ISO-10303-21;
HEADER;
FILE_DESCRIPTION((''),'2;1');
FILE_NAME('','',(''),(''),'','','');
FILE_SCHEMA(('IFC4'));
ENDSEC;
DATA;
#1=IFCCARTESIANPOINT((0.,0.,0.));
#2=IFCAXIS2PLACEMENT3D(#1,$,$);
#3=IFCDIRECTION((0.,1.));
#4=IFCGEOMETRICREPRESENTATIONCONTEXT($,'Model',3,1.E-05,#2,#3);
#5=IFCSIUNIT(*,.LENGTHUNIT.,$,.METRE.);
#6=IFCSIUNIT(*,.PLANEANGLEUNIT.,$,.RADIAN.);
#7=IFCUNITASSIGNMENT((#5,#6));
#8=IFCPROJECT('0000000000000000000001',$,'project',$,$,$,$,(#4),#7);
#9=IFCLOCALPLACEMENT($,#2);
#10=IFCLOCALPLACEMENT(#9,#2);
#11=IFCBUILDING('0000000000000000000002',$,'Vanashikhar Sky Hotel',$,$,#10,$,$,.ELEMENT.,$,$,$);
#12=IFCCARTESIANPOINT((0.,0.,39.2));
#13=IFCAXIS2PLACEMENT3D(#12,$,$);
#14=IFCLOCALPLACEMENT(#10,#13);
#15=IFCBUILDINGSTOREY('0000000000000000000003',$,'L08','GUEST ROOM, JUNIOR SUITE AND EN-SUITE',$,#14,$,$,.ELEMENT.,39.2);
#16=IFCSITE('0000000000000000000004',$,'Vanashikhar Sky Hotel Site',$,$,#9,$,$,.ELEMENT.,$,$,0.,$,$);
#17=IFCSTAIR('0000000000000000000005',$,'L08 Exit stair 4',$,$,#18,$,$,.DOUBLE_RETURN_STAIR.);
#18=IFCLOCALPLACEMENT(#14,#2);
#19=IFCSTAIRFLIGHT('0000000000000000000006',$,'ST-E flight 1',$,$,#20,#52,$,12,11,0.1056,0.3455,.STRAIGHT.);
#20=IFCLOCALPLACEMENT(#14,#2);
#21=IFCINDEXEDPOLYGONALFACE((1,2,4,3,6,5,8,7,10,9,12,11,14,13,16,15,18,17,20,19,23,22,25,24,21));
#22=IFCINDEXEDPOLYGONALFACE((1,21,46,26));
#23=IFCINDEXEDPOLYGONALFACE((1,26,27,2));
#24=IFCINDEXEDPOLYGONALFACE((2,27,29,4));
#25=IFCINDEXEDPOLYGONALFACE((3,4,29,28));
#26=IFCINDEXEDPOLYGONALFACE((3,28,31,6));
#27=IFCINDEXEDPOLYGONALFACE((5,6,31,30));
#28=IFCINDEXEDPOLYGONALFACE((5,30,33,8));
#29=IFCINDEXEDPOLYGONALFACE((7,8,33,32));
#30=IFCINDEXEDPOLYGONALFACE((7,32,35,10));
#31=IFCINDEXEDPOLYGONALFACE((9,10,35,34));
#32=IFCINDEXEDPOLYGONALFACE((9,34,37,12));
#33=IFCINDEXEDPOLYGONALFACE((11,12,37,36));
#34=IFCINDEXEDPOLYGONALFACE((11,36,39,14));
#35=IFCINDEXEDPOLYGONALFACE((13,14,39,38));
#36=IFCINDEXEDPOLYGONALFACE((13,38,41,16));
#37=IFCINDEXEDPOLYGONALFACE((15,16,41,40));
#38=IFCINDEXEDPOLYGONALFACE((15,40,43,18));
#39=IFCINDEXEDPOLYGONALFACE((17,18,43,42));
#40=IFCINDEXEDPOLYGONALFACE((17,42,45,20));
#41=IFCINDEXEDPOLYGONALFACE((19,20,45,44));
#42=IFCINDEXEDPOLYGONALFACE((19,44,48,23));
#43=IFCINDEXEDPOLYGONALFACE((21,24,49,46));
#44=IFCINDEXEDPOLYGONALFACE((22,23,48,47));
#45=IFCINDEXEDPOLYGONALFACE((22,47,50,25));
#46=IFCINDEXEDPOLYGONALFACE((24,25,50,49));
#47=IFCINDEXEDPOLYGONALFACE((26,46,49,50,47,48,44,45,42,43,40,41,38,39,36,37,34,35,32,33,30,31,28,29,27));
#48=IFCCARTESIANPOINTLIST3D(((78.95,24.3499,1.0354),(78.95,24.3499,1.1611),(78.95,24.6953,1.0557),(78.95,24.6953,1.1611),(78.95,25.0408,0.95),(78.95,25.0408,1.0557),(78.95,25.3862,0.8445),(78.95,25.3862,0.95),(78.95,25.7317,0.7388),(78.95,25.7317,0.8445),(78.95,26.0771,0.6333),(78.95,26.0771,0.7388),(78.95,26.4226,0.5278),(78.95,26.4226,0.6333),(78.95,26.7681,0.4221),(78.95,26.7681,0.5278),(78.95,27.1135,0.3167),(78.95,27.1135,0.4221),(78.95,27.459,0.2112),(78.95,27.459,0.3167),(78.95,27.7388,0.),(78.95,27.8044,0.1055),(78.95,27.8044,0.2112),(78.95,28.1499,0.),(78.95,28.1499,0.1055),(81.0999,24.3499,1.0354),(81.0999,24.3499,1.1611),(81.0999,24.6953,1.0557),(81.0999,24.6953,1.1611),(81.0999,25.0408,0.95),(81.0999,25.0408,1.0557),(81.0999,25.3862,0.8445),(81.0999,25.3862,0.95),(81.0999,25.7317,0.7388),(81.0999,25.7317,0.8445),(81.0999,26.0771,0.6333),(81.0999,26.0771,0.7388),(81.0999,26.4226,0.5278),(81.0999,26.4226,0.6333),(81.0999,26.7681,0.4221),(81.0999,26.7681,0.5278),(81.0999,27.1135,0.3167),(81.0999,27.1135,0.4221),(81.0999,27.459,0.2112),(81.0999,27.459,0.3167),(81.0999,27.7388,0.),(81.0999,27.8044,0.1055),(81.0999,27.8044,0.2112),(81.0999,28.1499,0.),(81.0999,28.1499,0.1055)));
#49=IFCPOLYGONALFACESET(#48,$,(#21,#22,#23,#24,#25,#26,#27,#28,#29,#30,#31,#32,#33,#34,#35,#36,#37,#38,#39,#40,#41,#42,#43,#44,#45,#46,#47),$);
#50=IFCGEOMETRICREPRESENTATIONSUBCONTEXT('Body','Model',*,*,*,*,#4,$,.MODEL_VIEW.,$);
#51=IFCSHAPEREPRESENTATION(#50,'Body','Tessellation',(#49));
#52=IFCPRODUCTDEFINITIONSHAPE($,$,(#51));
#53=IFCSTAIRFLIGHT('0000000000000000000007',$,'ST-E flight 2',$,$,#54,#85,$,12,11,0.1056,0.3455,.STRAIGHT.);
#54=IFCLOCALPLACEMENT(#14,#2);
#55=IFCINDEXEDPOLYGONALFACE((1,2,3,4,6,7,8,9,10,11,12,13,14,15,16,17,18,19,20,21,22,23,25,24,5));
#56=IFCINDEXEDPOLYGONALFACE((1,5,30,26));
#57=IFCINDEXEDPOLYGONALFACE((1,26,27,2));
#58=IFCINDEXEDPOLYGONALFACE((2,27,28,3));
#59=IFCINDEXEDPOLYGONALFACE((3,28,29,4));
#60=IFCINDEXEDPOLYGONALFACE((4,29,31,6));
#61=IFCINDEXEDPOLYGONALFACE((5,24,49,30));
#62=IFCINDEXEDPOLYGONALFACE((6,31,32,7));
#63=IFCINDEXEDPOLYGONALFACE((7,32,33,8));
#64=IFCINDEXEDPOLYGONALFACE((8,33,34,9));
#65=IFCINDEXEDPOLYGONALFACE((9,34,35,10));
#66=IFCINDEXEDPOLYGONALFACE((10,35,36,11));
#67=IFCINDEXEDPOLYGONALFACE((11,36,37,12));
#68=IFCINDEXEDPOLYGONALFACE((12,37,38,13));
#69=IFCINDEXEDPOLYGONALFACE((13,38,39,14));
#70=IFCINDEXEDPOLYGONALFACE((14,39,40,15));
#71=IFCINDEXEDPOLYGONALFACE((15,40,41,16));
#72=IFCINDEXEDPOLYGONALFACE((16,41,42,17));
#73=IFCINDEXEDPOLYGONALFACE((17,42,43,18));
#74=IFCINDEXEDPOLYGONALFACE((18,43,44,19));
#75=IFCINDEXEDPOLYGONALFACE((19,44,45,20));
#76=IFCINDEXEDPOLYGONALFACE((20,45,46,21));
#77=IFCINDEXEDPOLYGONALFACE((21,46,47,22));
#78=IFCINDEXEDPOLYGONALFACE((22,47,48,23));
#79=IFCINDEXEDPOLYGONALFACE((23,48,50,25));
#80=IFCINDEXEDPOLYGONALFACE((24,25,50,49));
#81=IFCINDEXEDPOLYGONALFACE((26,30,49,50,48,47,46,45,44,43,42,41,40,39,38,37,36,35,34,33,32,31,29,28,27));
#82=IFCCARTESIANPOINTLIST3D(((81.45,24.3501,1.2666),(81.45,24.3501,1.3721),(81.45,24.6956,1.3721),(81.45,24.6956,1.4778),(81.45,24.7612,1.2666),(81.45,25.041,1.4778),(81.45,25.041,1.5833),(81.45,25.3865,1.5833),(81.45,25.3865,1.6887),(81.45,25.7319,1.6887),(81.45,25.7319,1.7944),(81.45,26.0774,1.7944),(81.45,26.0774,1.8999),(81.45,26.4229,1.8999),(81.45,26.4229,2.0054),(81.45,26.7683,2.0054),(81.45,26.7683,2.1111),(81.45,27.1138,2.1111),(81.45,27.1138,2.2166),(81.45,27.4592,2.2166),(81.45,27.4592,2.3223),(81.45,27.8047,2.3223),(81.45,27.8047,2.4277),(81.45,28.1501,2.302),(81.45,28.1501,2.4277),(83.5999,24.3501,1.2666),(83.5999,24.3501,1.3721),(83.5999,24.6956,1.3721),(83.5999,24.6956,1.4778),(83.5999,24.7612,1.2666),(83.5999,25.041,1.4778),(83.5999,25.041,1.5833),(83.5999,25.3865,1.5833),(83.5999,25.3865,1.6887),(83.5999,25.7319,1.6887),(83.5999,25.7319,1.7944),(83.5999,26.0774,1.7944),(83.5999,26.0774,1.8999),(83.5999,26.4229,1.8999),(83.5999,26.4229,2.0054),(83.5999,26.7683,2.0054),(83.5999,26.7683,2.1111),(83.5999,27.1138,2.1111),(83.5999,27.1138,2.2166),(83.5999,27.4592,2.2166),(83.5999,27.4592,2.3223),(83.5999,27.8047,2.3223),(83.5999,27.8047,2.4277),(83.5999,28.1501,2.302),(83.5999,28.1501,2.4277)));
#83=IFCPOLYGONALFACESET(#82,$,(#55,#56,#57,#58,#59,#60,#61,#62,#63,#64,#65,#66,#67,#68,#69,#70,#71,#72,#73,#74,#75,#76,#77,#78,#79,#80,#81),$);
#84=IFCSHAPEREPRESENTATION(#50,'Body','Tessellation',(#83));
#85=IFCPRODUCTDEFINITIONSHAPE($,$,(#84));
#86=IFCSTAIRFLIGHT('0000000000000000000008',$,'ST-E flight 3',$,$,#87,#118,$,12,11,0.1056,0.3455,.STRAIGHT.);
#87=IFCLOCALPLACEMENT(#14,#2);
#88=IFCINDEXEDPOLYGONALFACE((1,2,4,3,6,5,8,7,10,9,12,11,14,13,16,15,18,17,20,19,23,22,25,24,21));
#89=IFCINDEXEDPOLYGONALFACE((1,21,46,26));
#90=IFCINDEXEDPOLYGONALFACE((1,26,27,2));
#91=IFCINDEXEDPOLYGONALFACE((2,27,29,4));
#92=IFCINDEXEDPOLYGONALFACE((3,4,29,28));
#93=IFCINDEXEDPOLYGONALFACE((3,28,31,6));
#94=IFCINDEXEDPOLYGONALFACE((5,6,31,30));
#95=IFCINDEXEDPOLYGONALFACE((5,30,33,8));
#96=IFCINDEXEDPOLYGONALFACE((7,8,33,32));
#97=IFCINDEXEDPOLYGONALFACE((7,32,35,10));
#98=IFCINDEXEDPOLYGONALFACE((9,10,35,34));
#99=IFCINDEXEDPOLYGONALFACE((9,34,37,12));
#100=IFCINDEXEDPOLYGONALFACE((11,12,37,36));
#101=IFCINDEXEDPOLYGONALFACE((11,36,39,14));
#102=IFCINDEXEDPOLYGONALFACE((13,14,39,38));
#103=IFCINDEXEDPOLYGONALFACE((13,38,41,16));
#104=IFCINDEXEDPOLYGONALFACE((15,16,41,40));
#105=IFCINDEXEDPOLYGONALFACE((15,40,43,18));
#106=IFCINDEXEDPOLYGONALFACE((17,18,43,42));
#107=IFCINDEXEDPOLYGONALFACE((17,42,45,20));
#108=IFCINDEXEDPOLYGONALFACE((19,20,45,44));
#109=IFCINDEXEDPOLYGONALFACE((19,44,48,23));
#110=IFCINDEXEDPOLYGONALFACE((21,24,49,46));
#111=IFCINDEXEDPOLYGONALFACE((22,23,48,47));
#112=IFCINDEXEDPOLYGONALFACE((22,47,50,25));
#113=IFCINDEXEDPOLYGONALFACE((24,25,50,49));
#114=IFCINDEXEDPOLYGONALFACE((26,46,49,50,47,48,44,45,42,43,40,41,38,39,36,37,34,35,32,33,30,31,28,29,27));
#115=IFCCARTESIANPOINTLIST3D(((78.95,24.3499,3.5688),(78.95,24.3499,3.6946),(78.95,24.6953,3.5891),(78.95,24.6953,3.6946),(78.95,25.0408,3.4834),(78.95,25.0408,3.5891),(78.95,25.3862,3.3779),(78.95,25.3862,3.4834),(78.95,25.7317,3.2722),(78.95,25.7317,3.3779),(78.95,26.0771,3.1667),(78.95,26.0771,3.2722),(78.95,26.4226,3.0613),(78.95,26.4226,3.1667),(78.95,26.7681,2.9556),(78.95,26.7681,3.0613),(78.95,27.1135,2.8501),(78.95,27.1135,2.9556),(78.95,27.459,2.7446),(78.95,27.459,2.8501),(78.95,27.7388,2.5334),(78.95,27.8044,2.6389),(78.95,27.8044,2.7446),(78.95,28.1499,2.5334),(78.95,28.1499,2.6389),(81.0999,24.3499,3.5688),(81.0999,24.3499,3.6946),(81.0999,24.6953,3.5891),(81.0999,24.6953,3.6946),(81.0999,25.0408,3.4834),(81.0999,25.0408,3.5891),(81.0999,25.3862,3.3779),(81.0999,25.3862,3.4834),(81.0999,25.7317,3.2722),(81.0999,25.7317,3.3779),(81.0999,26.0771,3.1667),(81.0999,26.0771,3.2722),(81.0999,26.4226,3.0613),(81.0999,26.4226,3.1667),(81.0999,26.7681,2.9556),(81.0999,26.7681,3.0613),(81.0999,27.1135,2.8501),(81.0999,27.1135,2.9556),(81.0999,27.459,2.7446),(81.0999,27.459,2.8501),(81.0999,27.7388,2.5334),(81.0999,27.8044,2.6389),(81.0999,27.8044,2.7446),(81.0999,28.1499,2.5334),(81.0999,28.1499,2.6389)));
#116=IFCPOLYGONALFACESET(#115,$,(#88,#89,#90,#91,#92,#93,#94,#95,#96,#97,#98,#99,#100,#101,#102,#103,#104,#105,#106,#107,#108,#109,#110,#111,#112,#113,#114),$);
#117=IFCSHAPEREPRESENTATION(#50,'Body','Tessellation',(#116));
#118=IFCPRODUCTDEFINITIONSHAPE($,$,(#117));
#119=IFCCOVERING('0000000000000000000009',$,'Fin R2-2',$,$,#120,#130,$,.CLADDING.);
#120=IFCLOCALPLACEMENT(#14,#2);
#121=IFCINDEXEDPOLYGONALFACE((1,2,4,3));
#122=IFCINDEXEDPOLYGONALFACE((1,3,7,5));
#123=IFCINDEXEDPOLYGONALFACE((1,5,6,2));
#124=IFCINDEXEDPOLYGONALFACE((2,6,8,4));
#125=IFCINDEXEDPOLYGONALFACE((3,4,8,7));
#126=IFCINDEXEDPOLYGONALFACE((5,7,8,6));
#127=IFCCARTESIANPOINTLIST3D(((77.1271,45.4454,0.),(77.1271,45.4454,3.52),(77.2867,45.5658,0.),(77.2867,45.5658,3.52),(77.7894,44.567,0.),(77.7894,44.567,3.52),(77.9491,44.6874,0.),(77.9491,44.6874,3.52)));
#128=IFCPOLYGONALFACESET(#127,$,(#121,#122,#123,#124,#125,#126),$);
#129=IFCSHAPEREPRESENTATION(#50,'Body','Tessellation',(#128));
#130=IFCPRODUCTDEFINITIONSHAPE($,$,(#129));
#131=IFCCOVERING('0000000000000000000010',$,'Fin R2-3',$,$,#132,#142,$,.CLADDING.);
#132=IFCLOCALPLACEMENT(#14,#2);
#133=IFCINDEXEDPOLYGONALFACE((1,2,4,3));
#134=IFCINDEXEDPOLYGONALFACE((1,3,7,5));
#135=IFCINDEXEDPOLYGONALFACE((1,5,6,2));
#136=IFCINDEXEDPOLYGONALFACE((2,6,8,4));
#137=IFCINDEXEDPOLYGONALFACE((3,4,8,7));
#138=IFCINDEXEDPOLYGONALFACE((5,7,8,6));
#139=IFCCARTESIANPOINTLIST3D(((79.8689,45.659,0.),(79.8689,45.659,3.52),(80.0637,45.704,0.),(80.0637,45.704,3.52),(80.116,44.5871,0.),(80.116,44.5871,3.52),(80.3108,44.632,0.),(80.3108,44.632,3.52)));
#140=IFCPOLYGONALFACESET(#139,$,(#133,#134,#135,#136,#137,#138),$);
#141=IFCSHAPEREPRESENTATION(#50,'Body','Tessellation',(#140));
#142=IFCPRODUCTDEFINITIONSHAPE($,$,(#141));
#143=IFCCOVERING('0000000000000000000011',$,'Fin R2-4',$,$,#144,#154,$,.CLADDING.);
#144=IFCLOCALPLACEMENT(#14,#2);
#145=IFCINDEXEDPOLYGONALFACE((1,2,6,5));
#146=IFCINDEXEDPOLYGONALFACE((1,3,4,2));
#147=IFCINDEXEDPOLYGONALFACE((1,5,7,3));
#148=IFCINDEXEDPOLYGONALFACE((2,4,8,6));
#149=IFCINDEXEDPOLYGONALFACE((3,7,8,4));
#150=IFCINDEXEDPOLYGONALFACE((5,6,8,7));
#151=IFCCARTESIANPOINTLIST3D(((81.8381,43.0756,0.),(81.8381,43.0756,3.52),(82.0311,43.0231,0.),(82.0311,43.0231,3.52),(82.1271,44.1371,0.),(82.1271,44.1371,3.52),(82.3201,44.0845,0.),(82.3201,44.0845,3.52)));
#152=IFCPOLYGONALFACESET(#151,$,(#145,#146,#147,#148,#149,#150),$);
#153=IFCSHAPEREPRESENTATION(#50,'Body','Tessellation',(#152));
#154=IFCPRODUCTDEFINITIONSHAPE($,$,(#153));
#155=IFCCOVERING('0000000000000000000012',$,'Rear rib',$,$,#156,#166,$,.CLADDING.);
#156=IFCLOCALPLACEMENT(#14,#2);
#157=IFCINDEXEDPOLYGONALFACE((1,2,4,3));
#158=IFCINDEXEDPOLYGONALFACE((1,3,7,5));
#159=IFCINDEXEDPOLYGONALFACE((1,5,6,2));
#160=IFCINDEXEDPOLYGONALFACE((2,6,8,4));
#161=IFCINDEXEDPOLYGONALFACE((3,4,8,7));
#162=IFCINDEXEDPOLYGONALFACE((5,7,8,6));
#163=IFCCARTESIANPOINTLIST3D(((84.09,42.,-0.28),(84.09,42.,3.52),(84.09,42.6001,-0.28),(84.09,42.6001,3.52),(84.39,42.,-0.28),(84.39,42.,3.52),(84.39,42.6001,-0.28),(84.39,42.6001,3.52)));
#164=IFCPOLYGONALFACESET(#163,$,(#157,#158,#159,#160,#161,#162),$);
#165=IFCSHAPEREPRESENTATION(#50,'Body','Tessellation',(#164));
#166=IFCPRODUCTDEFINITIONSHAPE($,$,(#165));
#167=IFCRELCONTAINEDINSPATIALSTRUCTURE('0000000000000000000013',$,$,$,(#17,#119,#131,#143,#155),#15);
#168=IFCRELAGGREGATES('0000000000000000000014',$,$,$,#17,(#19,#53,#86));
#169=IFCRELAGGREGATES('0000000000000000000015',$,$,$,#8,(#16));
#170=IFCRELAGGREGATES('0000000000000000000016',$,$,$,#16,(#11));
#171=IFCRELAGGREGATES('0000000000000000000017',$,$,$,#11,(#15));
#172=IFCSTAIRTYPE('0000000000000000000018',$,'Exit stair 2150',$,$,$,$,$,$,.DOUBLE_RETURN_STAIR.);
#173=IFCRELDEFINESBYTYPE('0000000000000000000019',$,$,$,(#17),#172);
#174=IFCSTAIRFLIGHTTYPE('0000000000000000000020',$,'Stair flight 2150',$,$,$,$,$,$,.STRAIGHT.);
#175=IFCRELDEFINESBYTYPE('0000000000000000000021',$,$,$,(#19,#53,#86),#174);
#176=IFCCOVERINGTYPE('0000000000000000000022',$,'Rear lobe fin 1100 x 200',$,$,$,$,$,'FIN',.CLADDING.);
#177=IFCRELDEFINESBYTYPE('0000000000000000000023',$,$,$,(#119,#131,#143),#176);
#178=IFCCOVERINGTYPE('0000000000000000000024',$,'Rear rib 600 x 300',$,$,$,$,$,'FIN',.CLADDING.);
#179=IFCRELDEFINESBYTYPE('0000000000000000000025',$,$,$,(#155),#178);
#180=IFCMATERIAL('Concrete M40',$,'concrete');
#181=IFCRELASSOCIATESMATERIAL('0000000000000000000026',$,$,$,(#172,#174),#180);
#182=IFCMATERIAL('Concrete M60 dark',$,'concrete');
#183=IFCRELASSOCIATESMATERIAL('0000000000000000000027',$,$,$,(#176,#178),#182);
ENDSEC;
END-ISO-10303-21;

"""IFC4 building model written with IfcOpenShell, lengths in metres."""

from ifc_helpers import new_model, si_unit, direction, frame, origin, origin_2d, place, context, subcontext, project, spatial, polyline, rectangle, outline, extrude, source, transform, mapped, material, material_profile, profile_set, type_object, element, aggregate, save


model = new_model("IFC4")

# Units and contexts
model_context = context("Model", 3, precision=1e-05, world=origin(), true_north=direction((0.0, 1.0)))
body_context = subcontext(model_context, "Body", "Model", "MODEL_VIEW")
ifc_project = project(units=[si_unit("LENGTHUNIT", "METRE"), si_unit("PLANEANGLEUNIT", "RADIAN")], contexts=[model_context])

# Site, building, storey
site_placement = place(None, origin())
site = spatial("IfcSite", under=ifc_project, at=site_placement, Name="Vanashikhar Sky Hotel Site", CompositionType="ELEMENT", RefElevation=0.0)
building_placement = place(site_placement, origin())
building = spatial("IfcBuilding", under=site, at=building_placement, Name="Vanashikhar Sky Hotel", CompositionType="ELEMENT")
storey_placement = place(building_placement, frame((0.0, 0.0, 39.2)))
storey = spatial("IfcBuildingStorey", under=building, at=storey_placement, Name="L08", Description="GUEST ROOM, JUNIOR SUITE AND EN-SUITE", CompositionType="ELEMENT", Elevation=39.2)

# Stair, stair flights
ifc_material_1 = material(Name="Concrete M40", Category="concrete")
stair_type = type_object("IfcStairType", Name="Exit stair 2150", PredefinedType="DOUBLE_RETURN_STAIR", material=ifc_material_1)
stair_placement = place(storey_placement, origin())
stair = element("IfcStair", 1, at=stair_placement, inside=storey, type_object=stair_type, Name="L08 Exit stair 4", PredefinedType="DOUBLE_RETURN_STAIR")
stair_flight_type = type_object("IfcStairFlightType", Name="Stair flight 2150", PredefinedType="STRAIGHT", material=ifc_material_1)
shared_shape_1 = source(origin(), body_context, "Body", "SweptSolid", [
    extrude(outline(polyline([(0.0, 0.0), (0.0, 0.1055), (0.3455, 0.1055), (0.3455, 0.2112), (0.6909, 0.2112), (0.6909, 0.3167), (1.0364, 0.3167), (1.0364, 0.4221), (1.3818, 0.4221), (1.3818, 0.5278), (1.7273, 0.5278), (1.7273, 0.6333), (2.0728, 0.6333), (2.0728, 0.7388), (2.4182, 0.7388), (2.4182, 0.8445), (2.7637, 0.8445), (2.7637, 0.95), (3.1091, 0.95), (3.1091, 1.0557), (3.4546, 1.0557), (3.4546, 1.1611), (3.8, 1.1611), (3.8, 1.2666), (3.8, 1.0354), (0.4111, 0.0), (0.0, 0.0)])), frame((0.0, 1.075, 0.0), z_axis=(0.0, -1.0, 0.0), x_axis=(1.0, 0.0, 0.0)), (0.0, 0.0, 1.0), 2.1499),
])
stair_flight_1_placement = place(storey_placement, frame((80.0249, 28.1499, 0.0), z_axis=(0.0, 0.0, 1.0), x_axis=(0.0, -1.0, 0.0)))
stair_flight_1 = element("IfcStairFlight", 2, at=stair_flight_1_placement, type_object=stair_flight_type, Name="ST-E flight 1", NumberOfRisers=12, NumberOfTreads=11, PredefinedType="STRAIGHT", RiserHeight=0.1056, TreadLength=0.3455, context=body_context, shape_type="MappedRepresentation", body=[
    mapped(shared_shape_1, transform((0.0, 0.0, 0.0), scale=1.0)),
])
stair_flight_2_placement = place(storey_placement, frame((82.5249, 24.3501, 1.2666), z_axis=(0.0, 0.0, 1.0), x_axis=(0.0, 1.0, 0.0)))
stair_flight_2 = element("IfcStairFlight", 3, at=stair_flight_2_placement, type_object=stair_flight_type, Name="ST-E flight 2", NumberOfRisers=12, NumberOfTreads=11, PredefinedType="STRAIGHT", RiserHeight=0.1056, TreadLength=0.3455, context=body_context, shape_type="MappedRepresentation", body=[
    mapped(shared_shape_1, transform((0.0, 0.0, 0.0), scale=1.0)),
])
stair_flight_3_placement = place(storey_placement, frame((80.0249, 28.1499, 2.5334), z_axis=(0.0, 0.0, 1.0), x_axis=(0.0, -1.0, 0.0)))
stair_flight_3 = element("IfcStairFlight", 4, at=stair_flight_3_placement, type_object=stair_flight_type, Name="ST-E flight 3", NumberOfRisers=12, NumberOfTreads=11, PredefinedType="STRAIGHT", RiserHeight=0.1056, TreadLength=0.3455, context=body_context, shape_type="MappedRepresentation", body=[
    mapped(shared_shape_1, transform((0.0, 0.0, 0.0), scale=1.0)),
])
aggregate(stair, [stair_flight_1, stair_flight_2, stair_flight_3])

# Coverings
ifc_material_2 = material(Name="Concrete M60 dark", Category="concrete")
ifc_material_profile_1 = material_profile(ifc_material_2, rectangle(XDim=1.1001, YDim=0.2, at=origin_2d()))
ifc_profile_set_1 = profile_set([ifc_material_profile_1], Name="Rear lobe fin 1100 x 200")
covering_type_1 = type_object("IfcCoveringType", Name="Rear lobe fin 1100 x 200", ElementType="FIN", PredefinedType="CLADDING", material=ifc_profile_set_1)
shared_shape_2 = source(origin(), body_context, "Body", "SweptSolid", [
    extrude(rectangle(XDim=1.1001, YDim=0.2, at=origin_2d()), origin(), (0.0, 0.0, 1.0), 3.52),
])
for number, where, z_axis, x_axis, name in (
    (5, (77.5381, 45.0664, 0.0), (0.0, 0.0, 1.0), (-0.602066, 0.798446, 0.0), "Fin R2-2"),
    (6, (80.0898, 45.1455, 0.0), (0.0, 0.0, 1.0), (-0.224645, 0.974441, 0.0), "Fin R2-3"),
    (7, (82.0791, 43.5801, 0.0), (0.0, 0.0, 1.0), (0.262711, 0.964874, 0.0), "Fin R2-4"),
):
    element("IfcCovering", number, at=place(storey_placement, frame(where, z_axis=z_axis, x_axis=x_axis)), inside=storey, type_object=covering_type_1, Name=name, PredefinedType="CLADDING", context=body_context, shape_type="MappedRepresentation", body=[
        mapped(shared_shape_2, transform((0.0, 0.0, 0.0), scale=1.0)),
    ])
ifc_material_profile_2 = material_profile(ifc_material_2, rectangle(XDim=0.6001, YDim=0.3, at=origin_2d()))
ifc_profile_set_2 = profile_set([ifc_material_profile_2], Name="Rear rib 600 x 300")
covering_type_2 = type_object("IfcCoveringType", Name="Rear rib 600 x 300", ElementType="FIN", PredefinedType="CLADDING", material=ifc_profile_set_2)
shared_shape_3 = source(origin(), body_context, "Body", "SweptSolid", [
    extrude(rectangle(XDim=0.6001, YDim=0.3, at=origin_2d()), origin(), (0.0, 0.0, 1.0), 3.8),
])
covering_placement = place(storey_placement, frame((84.24, 42.3, -0.28), z_axis=(0.0, 0.0, 1.0), x_axis=(0.0, 1.0, 0.0)))
element("IfcCovering", 8, at=covering_placement, inside=storey, type_object=covering_type_2, Name="Rear rib", PredefinedType="CLADDING", context=body_context, shape_type="MappedRepresentation", body=[
    mapped(shared_shape_3, transform((0.0, 0.0, 0.0), scale=1.0)),
])

save(model, "model.ifc")
